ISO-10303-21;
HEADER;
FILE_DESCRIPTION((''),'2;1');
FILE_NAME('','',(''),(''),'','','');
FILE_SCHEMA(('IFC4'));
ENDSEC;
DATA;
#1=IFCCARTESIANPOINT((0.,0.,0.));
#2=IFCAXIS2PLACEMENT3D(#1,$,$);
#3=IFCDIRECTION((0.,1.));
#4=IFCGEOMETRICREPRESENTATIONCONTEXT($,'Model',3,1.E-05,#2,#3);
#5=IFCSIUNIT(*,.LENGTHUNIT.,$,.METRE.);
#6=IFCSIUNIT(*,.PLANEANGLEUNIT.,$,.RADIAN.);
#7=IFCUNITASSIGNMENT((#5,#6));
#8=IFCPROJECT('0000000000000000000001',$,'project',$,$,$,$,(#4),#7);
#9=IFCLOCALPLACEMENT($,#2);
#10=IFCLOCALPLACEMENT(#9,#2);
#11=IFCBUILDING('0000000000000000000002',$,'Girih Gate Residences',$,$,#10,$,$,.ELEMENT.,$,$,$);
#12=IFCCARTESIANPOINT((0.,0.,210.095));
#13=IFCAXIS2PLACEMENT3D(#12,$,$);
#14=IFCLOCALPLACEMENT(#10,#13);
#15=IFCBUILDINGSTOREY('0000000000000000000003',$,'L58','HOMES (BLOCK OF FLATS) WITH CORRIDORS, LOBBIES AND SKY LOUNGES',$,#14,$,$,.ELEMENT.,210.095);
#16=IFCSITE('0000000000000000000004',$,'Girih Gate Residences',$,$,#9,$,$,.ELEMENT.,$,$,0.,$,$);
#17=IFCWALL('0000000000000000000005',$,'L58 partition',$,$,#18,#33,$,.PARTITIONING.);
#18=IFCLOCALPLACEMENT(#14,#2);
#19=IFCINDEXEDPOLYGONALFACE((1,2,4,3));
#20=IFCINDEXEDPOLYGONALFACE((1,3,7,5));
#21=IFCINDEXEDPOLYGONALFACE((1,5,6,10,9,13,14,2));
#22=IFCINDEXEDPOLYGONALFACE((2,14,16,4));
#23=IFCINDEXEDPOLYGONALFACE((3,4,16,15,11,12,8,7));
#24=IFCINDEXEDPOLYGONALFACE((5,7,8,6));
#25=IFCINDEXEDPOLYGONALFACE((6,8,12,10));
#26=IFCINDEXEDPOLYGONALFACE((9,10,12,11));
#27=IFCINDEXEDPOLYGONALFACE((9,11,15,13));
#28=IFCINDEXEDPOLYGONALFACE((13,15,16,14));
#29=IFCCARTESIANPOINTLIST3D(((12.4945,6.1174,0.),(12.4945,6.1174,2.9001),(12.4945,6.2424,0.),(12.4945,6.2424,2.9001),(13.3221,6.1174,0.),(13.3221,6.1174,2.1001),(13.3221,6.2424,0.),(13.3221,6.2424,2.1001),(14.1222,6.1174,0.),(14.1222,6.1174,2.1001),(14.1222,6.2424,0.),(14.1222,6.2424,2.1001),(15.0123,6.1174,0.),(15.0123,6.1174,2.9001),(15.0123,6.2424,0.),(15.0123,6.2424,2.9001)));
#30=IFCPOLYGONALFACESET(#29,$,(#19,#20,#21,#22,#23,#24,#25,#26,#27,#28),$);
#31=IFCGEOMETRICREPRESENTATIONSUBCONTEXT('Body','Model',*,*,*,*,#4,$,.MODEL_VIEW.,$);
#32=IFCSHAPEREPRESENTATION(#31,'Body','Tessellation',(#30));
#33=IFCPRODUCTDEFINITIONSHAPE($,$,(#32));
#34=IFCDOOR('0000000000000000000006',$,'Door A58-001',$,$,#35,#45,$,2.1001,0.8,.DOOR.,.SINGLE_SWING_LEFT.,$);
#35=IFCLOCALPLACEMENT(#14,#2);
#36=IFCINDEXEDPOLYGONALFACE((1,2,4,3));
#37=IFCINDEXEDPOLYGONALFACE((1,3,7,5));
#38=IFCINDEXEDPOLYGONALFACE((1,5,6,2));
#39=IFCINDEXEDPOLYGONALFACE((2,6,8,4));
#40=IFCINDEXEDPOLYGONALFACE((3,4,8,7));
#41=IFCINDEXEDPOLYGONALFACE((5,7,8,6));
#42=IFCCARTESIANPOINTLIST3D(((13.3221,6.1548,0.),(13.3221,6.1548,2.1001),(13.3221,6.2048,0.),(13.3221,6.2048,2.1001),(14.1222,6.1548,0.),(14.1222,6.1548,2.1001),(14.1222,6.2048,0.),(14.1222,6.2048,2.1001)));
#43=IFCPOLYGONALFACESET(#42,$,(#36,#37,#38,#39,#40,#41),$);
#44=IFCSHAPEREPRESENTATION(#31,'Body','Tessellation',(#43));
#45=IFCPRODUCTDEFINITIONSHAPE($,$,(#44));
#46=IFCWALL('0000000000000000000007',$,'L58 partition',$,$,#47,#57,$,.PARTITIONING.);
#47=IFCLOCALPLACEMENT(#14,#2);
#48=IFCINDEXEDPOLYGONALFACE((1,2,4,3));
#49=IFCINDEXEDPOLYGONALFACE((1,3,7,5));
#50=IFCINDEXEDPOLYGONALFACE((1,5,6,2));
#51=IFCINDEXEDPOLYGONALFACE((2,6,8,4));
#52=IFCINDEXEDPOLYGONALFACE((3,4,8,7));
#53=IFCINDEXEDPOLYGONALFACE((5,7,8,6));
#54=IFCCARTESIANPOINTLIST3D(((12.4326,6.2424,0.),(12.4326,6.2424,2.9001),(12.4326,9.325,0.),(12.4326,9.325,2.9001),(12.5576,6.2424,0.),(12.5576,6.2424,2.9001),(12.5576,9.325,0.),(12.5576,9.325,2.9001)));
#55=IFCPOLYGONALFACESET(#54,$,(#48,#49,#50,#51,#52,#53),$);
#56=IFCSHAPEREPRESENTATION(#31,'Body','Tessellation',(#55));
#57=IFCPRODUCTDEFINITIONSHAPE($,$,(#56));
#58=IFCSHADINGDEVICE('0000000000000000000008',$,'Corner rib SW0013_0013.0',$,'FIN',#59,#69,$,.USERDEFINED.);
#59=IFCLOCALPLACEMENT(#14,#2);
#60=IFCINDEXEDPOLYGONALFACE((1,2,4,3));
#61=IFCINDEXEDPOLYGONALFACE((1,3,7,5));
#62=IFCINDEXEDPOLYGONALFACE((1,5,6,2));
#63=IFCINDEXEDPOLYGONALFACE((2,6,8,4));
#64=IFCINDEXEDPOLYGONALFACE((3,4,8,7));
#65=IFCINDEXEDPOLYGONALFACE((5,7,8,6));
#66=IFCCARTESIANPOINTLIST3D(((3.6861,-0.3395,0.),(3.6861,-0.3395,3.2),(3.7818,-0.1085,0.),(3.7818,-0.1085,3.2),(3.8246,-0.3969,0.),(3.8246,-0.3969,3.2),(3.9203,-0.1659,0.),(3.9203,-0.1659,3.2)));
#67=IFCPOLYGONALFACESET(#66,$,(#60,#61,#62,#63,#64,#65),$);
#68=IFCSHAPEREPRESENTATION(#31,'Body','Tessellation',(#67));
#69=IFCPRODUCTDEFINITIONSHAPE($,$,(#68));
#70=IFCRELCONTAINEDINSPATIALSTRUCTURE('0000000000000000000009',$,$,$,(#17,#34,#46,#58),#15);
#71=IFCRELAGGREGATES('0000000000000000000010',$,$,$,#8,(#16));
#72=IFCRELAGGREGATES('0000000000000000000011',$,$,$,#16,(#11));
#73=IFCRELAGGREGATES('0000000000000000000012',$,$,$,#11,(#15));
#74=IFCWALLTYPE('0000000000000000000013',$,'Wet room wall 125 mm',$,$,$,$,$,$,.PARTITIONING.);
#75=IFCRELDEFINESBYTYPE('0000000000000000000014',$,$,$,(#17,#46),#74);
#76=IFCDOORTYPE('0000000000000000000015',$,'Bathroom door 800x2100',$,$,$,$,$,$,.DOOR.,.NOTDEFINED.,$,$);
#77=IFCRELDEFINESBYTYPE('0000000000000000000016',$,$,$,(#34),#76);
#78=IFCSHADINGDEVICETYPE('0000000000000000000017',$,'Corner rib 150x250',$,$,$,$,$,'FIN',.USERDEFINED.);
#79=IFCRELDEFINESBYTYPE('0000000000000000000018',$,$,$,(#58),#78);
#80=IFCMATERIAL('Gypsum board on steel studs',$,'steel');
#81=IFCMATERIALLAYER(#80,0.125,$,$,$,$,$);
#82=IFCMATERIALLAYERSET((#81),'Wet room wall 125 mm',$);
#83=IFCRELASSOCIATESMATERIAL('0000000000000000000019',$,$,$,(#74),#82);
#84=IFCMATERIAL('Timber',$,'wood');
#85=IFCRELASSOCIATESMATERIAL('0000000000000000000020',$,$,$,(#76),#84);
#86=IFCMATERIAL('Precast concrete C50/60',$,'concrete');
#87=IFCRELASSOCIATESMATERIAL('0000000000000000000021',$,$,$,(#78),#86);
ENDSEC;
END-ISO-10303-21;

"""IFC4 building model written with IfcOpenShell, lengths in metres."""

from ifc_helpers import new_model, si_unit, direction, frame, frame_2d, origin, origin_2d, place, context, subcontext, project, spatial, rectangle, extrude, material, layer, layer_set, type_object, element, fill, save


model = new_model("IFC4")

# Units and contexts
model_context = context("Model", 3, precision=1e-05, world=origin(), true_north=direction((0.0, 1.0)))
body_context = subcontext(model_context, "Body", "Model", "MODEL_VIEW")
ifc_project = project(units=[si_unit("LENGTHUNIT", "METRE"), si_unit("PLANEANGLEUNIT", "RADIAN")], contexts=[model_context])

# Site, building, storey
site_placement = place(None, origin())
site = spatial("IfcSite", under=ifc_project, at=site_placement, Name="Girih Gate Residences", CompositionType="ELEMENT", RefElevation=0.0)
building_placement = place(site_placement, origin())
building = spatial("IfcBuilding", under=site, at=building_placement, Name="Girih Gate Residences", CompositionType="ELEMENT")
storey_placement = place(building_placement, frame((0.0, 0.0, 210.095)))
storey = spatial("IfcBuildingStorey", under=building, at=storey_placement, Name="L58", Description="HOMES (BLOCK OF FLATS) WITH CORRIDORS, LOBBIES AND SKY LOUNGES", CompositionType="ELEMENT", Elevation=210.095)

# Shared definitions
ifc_material_1 = material(Name="Gypsum board on steel studs", Category="steel")

# Shared definitions
ifc_material_2 = material(Name="Timber", Category="wood")

# Shared definitions
ifc_material_3 = material(Name="Precast concrete C50/60", Category="concrete")

# Wall, opening, door
ifc_layer_1 = layer(ifc_material_1, 0.125)
ifc_layer_set_1 = layer_set([ifc_layer_1], Name="Wet room wall 125 mm")
wall_type_1 = type_object("IfcWallType", Name="Wet room wall 125 mm", PredefinedType="PARTITIONING", material=ifc_layer_set_1)
wall_1_placement = place(storey_placement, frame((12.4946, 6.1799, 0.0), z_axis=(0.0, 0.0, 1.0), x_axis=(1.0, 0.0, 0.0)))
wall_1 = element("IfcWall", 1, at=wall_1_placement, inside=storey, type_object=wall_type_1, Name="L58 partition", PredefinedType="PARTITIONING", context=body_context, shape_type="SweptSolid", body=[
    extrude(rectangle(XDim=2.5178, YDim=0.125, at=frame_2d((1.2588, 0.0))), origin(), (0.0, 0.0, 1.0), 2.9001),
])
opening_1_placement = place(wall_1_placement, frame((0.8276, 0.0, 0.0)))
opening_1 = element("IfcOpeningElement", 2, at=opening_1_placement, cuts=wall_1, PredefinedType="OPENING", context=body_context, shape_type="SweptSolid", body=[
    extrude(rectangle(XDim=0.8, YDim=2.1001, at=frame_2d((0.3999, 1.05))), frame((0.0, 0.0725, 0.0), z_axis=(0.0, -1.0, 0.0), x_axis=(1.0, 0.0, 0.0)), (0.0, 0.0, 1.0), 0.145),
])
door_type_1 = type_object("IfcDoorType", Name="Bathroom door 800x2100", OperationType="NOTDEFINED", PredefinedType="DOOR", material=ifc_material_2)
door_1_placement = place(opening_1_placement, origin())
door_1 = element("IfcDoor", 3, at=door_1_placement, inside=storey, type_object=door_type_1, Name="Door A58-001", OperationType="SINGLE_SWING_LEFT", OverallHeight=2.1001, OverallWidth=0.8, PredefinedType="DOOR", context=body_context, shape_type="SweptSolid", body=[
    extrude(rectangle(XDim=0.8, YDim=2.1001, at=frame_2d((0.3999, 1.05))), frame((0.0, 0.0249, 0.0), z_axis=(0.0, -1.0, 0.0), x_axis=(1.0, 0.0, 0.0)), (0.0, 0.0, 1.0), 0.05),
])
fill(opening_1, door_1)

# Wall
wall_2_placement = place(storey_placement, frame((12.4951, 6.2424, 0.0), z_axis=(0.0, 0.0, 1.0), x_axis=(0.0, 1.0, 0.0)))
element("IfcWall", 4, at=wall_2_placement, inside=storey, type_object=wall_type_1, Name="L58 partition", PredefinedType="PARTITIONING", context=body_context, shape_type="SweptSolid", body=[
    extrude(rectangle(XDim=3.0825, YDim=0.125, at=frame_2d((1.5413, 0.0))), origin(), (0.0, 0.0, 1.0), 2.9001),
])

# Shading device
shading_device_type = type_object("IfcShadingDeviceType", Name="Corner rib 150x250", ElementType="FIN", PredefinedType="USERDEFINED", material=ifc_material_3)
shading_device_placement = place(storey_placement, frame((3.8032, -0.2527, 0.0), z_axis=(0.0, 0.0, 1.0), x_axis=(0.92388, -0.382683, 0.0)))
element("IfcShadingDevice", 5, at=shading_device_placement, inside=storey, type_object=shading_device_type, Name="Corner rib SW0013_0013.0", ObjectType="FIN", PredefinedType="USERDEFINED", context=body_context, shape_type="SweptSolid", body=[
    extrude(rectangle(XDim=0.1499, YDim=0.25, at=origin_2d()), origin(), (0.0, 0.0, 1.0), 3.2),
])

save(model, "model.ifc")
